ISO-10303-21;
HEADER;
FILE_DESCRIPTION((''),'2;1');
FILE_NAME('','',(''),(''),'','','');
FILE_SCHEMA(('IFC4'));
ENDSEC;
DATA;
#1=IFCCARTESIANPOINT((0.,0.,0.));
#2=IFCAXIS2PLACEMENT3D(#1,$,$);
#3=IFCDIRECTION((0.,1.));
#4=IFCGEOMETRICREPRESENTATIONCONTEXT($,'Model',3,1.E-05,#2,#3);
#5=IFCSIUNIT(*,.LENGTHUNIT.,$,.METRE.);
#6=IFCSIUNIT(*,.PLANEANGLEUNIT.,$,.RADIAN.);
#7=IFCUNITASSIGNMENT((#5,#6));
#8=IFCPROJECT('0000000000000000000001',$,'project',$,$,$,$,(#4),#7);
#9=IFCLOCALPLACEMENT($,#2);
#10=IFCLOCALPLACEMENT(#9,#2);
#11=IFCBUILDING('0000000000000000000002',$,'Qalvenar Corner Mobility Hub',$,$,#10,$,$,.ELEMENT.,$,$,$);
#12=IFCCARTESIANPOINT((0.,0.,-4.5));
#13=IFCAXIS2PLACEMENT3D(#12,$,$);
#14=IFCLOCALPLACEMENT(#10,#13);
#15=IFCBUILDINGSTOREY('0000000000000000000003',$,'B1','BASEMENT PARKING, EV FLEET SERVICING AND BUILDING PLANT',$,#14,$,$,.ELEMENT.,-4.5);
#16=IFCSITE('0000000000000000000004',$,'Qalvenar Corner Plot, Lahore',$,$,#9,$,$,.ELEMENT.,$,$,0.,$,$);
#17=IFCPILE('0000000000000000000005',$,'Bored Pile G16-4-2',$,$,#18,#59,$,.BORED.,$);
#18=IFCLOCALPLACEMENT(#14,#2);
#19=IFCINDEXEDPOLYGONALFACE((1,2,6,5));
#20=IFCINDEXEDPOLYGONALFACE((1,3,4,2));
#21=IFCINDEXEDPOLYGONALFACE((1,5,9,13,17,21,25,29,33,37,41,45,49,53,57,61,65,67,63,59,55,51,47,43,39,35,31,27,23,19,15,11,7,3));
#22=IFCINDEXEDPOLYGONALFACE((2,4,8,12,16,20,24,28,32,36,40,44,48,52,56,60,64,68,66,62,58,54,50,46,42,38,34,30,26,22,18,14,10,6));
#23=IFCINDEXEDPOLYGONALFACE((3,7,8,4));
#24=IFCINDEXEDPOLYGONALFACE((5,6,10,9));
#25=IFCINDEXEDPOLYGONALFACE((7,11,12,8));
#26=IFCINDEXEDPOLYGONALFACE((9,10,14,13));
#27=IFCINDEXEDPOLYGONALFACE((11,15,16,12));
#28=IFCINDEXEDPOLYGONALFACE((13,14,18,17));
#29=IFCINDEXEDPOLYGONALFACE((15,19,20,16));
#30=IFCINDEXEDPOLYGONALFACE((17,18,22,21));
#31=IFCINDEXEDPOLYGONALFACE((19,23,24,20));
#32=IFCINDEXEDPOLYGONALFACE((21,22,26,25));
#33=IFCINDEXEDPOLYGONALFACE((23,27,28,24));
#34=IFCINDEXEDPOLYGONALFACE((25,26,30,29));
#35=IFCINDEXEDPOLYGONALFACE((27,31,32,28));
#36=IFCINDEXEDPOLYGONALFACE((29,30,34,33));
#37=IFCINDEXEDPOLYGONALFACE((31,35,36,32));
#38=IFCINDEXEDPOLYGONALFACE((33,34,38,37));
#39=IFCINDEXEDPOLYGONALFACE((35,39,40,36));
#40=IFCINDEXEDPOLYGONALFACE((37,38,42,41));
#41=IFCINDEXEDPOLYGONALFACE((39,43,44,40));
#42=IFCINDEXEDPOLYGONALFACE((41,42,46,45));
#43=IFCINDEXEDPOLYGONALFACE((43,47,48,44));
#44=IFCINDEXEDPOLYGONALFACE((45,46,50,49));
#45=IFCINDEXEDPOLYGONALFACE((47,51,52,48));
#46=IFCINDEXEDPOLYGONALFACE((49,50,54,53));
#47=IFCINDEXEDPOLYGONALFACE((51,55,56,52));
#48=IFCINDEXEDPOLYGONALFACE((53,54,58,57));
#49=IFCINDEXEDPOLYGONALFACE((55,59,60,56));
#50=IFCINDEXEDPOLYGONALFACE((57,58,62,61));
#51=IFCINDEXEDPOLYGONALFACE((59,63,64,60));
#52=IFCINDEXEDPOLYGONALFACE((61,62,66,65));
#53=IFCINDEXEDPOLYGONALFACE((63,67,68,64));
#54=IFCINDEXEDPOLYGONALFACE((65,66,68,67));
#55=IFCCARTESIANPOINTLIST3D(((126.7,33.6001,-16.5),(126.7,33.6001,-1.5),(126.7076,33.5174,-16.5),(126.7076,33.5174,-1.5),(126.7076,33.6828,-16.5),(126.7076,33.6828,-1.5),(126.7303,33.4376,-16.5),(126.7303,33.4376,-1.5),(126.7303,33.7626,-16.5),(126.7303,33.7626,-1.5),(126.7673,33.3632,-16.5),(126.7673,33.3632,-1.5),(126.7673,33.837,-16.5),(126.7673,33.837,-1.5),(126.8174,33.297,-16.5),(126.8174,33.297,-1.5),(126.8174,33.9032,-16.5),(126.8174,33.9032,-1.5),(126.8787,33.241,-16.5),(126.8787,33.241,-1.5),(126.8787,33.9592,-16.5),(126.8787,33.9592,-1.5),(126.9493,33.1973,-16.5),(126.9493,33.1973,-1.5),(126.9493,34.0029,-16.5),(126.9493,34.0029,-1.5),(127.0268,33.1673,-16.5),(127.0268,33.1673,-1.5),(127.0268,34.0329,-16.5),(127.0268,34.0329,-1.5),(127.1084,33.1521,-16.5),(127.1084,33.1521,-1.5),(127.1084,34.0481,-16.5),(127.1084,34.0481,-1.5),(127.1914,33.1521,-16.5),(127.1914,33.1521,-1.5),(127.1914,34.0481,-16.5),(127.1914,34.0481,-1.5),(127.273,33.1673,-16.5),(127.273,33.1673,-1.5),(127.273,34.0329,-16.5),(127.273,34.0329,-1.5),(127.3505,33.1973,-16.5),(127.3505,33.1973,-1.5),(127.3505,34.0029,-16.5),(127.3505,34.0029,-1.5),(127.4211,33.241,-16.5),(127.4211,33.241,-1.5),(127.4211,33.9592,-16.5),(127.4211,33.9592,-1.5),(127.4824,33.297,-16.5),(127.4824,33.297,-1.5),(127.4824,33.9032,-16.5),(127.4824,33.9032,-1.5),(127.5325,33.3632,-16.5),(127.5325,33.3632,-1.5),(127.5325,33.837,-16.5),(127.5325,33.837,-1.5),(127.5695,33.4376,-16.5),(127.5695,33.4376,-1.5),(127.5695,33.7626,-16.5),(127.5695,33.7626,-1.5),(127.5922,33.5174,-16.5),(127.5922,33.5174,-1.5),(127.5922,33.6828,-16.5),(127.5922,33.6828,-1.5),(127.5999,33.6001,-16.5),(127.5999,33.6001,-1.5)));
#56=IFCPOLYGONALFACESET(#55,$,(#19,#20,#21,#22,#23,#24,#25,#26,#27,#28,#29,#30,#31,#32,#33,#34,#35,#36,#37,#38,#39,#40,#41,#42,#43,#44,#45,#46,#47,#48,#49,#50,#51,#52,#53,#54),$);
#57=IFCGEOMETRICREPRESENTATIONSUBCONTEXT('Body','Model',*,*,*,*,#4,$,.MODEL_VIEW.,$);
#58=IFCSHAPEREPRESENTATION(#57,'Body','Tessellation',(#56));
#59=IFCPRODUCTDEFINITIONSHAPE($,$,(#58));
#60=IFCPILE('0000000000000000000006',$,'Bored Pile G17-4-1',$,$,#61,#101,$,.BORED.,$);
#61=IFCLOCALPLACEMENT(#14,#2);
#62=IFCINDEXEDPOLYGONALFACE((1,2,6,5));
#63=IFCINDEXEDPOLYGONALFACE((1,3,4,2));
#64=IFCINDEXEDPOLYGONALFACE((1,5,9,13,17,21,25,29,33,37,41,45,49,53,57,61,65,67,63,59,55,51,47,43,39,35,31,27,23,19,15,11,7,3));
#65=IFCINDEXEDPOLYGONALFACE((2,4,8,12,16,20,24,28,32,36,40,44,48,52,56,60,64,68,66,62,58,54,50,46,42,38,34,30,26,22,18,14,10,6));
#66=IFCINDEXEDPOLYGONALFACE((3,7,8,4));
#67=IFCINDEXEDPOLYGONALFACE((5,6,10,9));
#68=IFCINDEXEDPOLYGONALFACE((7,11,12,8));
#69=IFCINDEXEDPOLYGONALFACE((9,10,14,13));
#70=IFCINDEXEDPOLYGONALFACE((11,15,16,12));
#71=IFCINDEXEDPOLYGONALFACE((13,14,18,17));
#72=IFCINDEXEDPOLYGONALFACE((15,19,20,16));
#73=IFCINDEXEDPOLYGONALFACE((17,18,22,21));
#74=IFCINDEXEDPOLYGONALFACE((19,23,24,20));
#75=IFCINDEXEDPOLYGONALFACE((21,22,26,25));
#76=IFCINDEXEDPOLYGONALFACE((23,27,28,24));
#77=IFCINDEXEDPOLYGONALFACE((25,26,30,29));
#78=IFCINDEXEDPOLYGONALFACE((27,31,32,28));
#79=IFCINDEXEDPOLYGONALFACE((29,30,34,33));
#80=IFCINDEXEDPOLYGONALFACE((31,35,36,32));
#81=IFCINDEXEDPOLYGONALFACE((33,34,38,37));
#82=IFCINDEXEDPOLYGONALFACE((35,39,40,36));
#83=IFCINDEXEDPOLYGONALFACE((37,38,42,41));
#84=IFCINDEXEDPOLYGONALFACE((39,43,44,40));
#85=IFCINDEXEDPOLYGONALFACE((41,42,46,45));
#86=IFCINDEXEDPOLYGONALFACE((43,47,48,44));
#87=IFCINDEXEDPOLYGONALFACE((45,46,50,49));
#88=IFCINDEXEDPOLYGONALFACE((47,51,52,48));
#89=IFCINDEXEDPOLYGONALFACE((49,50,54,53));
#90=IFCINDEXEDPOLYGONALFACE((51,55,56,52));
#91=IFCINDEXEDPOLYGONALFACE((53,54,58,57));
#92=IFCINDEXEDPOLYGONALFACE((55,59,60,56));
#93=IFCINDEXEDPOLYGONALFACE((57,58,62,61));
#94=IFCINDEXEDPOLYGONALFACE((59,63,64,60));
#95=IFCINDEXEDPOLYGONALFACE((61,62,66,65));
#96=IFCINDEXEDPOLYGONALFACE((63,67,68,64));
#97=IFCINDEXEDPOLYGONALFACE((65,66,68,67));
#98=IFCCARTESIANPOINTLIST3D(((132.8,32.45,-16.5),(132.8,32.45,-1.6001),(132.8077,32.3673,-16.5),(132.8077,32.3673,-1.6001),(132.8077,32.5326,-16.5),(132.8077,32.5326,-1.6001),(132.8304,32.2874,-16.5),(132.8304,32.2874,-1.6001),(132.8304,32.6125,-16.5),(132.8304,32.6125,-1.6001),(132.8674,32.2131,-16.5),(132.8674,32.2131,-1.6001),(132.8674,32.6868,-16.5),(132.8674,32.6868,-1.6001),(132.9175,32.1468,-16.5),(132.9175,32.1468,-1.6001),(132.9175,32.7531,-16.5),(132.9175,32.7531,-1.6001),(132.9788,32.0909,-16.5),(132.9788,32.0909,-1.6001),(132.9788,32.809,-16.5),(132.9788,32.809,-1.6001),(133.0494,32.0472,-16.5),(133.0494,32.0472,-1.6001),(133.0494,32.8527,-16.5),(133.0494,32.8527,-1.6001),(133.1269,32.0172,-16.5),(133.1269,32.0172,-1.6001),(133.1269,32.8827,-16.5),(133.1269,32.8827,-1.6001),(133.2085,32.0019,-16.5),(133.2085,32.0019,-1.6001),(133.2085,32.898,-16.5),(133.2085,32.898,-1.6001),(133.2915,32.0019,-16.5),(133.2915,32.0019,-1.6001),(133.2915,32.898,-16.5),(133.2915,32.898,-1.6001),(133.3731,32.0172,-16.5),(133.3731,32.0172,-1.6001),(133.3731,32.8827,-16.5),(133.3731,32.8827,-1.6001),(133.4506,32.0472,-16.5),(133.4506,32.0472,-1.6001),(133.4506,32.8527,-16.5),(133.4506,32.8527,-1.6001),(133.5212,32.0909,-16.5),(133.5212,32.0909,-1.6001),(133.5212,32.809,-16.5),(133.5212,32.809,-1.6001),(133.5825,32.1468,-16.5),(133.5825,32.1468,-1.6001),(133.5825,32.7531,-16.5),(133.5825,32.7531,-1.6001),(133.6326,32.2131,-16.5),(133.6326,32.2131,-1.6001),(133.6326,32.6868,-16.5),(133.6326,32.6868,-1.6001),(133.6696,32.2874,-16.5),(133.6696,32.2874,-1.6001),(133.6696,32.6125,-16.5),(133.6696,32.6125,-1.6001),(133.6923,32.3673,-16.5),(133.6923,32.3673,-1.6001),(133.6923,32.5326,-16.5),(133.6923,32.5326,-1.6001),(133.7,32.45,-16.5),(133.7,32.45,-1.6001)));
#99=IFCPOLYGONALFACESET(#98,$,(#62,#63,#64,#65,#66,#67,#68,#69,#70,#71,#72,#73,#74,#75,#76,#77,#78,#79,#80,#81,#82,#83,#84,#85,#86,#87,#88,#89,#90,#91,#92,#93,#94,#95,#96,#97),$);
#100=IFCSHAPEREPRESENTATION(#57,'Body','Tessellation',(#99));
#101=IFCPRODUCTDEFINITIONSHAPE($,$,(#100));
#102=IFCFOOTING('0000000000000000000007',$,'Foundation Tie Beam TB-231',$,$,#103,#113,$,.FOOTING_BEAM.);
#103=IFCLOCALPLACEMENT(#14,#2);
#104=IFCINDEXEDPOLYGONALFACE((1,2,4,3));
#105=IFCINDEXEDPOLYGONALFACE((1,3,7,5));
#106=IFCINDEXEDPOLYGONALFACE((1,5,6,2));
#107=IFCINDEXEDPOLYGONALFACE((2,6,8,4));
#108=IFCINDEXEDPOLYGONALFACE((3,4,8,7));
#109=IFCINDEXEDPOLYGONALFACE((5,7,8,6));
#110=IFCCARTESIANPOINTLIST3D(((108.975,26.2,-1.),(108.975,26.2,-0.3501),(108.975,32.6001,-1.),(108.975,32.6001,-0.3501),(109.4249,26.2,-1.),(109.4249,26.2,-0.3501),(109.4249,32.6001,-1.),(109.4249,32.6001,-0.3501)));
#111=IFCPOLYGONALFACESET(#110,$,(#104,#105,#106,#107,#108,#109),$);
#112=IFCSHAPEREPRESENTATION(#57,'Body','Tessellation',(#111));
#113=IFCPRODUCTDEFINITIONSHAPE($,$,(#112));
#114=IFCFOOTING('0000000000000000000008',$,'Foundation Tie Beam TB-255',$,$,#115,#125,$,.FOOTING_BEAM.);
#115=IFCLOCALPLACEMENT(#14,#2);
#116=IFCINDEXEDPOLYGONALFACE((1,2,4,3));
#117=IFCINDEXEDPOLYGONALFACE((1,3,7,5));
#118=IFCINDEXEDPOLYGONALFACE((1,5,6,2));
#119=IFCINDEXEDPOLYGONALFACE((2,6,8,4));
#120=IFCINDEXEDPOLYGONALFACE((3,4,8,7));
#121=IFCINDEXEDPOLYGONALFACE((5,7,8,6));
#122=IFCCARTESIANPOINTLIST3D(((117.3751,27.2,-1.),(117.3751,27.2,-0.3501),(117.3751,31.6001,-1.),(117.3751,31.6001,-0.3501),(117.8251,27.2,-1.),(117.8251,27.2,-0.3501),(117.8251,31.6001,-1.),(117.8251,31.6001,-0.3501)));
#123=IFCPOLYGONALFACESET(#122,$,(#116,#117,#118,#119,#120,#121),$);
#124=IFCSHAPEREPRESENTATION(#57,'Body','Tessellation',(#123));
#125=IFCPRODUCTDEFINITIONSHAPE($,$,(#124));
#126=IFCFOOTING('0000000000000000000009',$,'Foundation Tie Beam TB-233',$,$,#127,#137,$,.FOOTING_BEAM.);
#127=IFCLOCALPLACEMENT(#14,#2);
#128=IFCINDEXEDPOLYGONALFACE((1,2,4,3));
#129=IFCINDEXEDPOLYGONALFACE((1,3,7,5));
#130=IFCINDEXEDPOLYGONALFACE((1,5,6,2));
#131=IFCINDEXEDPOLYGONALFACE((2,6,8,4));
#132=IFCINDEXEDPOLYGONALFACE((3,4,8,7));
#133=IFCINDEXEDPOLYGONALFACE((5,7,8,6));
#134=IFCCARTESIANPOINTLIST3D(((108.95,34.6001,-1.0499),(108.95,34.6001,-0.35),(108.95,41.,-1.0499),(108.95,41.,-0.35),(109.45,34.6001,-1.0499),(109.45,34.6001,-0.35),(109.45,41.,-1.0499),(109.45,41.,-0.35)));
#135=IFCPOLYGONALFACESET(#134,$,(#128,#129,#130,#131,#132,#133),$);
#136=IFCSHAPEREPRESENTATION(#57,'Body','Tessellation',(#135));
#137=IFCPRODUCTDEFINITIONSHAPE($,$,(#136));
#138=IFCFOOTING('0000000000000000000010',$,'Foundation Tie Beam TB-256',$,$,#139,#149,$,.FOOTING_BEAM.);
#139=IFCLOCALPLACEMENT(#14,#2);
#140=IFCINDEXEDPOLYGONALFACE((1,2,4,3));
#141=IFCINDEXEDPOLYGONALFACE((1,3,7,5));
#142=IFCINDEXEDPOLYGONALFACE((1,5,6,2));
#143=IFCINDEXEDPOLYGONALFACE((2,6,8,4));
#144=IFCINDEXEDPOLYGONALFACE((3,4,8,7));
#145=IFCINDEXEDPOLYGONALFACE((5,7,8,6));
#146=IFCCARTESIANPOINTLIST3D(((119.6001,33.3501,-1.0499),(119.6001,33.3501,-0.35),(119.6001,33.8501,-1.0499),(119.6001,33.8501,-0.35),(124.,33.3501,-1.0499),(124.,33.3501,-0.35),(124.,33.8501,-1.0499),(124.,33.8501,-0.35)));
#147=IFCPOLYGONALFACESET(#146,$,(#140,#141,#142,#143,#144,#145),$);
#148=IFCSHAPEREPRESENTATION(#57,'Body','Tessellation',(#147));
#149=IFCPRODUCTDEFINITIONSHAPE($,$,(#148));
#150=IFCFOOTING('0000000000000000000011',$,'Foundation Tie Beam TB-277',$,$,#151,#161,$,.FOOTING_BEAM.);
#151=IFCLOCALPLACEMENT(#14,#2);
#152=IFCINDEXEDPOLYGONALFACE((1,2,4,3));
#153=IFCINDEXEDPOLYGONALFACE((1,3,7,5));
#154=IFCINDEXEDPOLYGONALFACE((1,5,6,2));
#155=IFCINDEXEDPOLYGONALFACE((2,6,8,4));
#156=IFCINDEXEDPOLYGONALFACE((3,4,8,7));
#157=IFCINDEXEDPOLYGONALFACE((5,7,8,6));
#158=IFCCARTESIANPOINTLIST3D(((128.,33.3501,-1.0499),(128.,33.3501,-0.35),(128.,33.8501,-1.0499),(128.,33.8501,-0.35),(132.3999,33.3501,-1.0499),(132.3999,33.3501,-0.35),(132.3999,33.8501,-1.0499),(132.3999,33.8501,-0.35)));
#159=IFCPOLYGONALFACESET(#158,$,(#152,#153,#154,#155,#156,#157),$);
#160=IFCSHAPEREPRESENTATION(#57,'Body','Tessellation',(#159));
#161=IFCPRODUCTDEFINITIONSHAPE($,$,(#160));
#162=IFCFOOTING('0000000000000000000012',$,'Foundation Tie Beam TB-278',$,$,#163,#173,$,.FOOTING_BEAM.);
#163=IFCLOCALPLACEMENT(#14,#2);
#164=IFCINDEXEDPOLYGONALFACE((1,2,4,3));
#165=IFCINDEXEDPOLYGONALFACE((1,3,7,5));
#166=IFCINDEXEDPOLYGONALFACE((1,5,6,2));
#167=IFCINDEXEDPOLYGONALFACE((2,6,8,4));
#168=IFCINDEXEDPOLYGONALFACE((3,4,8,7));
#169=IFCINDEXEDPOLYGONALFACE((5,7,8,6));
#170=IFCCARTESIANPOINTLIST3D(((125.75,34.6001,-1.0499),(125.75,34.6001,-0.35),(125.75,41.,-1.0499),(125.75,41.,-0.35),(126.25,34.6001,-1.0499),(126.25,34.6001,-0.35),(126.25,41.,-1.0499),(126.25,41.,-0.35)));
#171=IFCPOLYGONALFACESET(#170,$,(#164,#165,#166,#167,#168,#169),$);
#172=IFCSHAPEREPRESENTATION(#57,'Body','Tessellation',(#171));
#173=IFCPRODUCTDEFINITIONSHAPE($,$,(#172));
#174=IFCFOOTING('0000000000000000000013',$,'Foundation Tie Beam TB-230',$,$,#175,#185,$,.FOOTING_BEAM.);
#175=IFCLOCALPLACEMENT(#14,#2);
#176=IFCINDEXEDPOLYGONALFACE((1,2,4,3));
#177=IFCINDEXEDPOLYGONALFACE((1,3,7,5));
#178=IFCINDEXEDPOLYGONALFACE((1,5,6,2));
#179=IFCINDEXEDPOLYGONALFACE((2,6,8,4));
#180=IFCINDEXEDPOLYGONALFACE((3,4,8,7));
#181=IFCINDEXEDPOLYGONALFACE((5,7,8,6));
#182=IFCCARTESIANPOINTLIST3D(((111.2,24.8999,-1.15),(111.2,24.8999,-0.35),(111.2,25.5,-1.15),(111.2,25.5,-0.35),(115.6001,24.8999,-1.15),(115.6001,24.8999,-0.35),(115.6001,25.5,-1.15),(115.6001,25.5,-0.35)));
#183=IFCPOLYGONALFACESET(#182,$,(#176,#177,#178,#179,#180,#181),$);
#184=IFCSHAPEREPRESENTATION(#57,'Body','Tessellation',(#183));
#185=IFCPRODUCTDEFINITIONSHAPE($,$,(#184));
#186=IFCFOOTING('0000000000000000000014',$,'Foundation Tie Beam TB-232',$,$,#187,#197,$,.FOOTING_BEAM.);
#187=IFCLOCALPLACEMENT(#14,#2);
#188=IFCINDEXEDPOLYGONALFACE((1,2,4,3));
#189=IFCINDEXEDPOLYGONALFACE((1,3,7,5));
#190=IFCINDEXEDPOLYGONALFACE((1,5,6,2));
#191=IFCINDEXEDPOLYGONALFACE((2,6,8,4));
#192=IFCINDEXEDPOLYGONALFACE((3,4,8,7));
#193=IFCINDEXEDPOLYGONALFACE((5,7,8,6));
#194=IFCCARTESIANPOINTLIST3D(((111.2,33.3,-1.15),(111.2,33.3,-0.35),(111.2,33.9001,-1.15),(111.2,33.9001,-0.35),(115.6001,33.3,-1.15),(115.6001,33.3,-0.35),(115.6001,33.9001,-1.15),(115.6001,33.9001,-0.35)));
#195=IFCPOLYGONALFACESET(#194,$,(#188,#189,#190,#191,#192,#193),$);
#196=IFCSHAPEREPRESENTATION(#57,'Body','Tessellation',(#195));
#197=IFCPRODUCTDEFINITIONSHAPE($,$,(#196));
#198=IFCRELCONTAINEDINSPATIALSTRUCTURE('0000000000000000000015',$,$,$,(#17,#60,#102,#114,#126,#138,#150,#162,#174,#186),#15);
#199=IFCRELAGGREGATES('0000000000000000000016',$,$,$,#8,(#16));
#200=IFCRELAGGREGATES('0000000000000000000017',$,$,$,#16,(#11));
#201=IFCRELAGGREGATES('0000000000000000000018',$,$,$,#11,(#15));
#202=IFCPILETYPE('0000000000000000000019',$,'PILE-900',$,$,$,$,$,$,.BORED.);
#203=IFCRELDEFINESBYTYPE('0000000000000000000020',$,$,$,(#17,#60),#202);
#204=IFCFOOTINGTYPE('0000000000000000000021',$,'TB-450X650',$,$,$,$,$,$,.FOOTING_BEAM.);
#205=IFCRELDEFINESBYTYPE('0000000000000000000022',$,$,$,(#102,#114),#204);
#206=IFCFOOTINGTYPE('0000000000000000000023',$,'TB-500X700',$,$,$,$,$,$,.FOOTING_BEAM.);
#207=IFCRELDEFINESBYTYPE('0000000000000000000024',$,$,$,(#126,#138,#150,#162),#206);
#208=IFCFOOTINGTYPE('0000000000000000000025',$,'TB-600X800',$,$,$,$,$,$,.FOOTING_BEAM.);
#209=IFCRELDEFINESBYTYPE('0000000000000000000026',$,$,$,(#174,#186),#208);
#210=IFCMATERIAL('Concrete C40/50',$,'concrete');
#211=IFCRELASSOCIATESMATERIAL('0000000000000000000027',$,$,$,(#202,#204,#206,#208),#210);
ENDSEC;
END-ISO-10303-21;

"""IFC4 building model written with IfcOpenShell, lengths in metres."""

from ifc_helpers import new_model, si_unit, direction, frame, origin, origin_2d, place, context, subcontext, project, spatial, rectangle, circle, extrude, material, material_profile, profile_set, type_object, element, save


model = new_model("IFC4")

# Units and contexts
model_context = context("Model", 3, precision=1e-05, world=origin(), true_north=direction((0.0, 1.0)))
body_context = subcontext(model_context, "Body", "Model", "MODEL_VIEW")
ifc_project = project(units=[si_unit("LENGTHUNIT", "METRE"), si_unit("PLANEANGLEUNIT", "RADIAN")], contexts=[model_context])

# Site, building, storey
site_placement = place(None, origin())
site = spatial("IfcSite", under=ifc_project, at=site_placement, Name="Qalvenar Corner Plot, Lahore", CompositionType="ELEMENT", RefElevation=0.0)
building_placement = place(site_placement, origin())
building = spatial("IfcBuilding", under=site, at=building_placement, Name="Qalvenar Corner Mobility Hub", CompositionType="ELEMENT")
storey_placement = place(building_placement, frame((0.0, 0.0, -4.5)))
storey = spatial("IfcBuildingStorey", under=building, at=storey_placement, Name="B1", Description="BASEMENT PARKING, EV FLEET SERVICING AND BUILDING PLANT", CompositionType="ELEMENT", Elevation=-4.5)

# Shared definitions
ifc_material_1 = material(Name="Concrete C40/50", Category="concrete")

# Piles
ifc_material_profile_1 = material_profile(ifc_material_1, circle(Radius=0.45, at=origin_2d()), Name="DIA900")
ifc_profile_set_1 = profile_set([ifc_material_profile_1], Name="Concrete C40/50")
pile_type_1 = type_object("IfcPileType", Name="PILE-900", PredefinedType="BORED", material=ifc_profile_set_1)
for number, where, z_axis, x_axis, name in (
    (1, (127.1499, 33.6001, -1.5), (0.0, 0.0, -1.0), (1.0, 0.0, 0.0), "Bored Pile G16-4-2"),
):
    element("IfcPile", number, at=place(storey_placement, frame(where, z_axis=z_axis, x_axis=x_axis)), inside=storey, type_object=pile_type_1, Name=name, PredefinedType="BORED", context=body_context, shape_type="SweptSolid", body=[
        extrude(circle(Radius=0.45, at=origin_2d()), origin(), (0.0, 0.0, 1.0), 15.0),
    ])
pile_placement = place(storey_placement, frame((133.25, 32.45, -1.6001), z_axis=(0.0, 0.0, -1.0), x_axis=(1.0, 0.0, 0.0)))
element("IfcPile", 2, at=pile_placement, inside=storey, type_object=pile_type_1, Name="Bored Pile G17-4-1", PredefinedType="BORED", context=body_context, shape_type="SweptSolid", body=[
    extrude(circle(Radius=0.45, at=origin_2d()), origin(), (0.0, 0.0, 1.0), 14.8999),
])

# Footings
ifc_material_profile_2 = material_profile(ifc_material_1, rectangle(XDim=0.45, YDim=0.6499, at=origin_2d()), Name="RC450x650")
ifc_profile_set_2 = profile_set([ifc_material_profile_2], Name="Concrete C40/50")
footing_type_1 = type_object("IfcFootingType", Name="TB-450X650", PredefinedType="FOOTING_BEAM", material=ifc_profile_set_2)
footing_1_placement = place(storey_placement, frame((109.2, 26.2, -0.675), z_axis=(0.0, 1.0, 0.0), x_axis=(-1.0, 0.0, 0.0)))
element("IfcFooting", 3, at=footing_1_placement, inside=storey, type_object=footing_type_1, Name="Foundation Tie Beam TB-231", PredefinedType="FOOTING_BEAM", context=body_context, shape_type="SweptSolid", body=[
    extrude(rectangle(XDim=0.45, YDim=0.6499, at=origin_2d()), origin(), (0.0, 0.0, 1.0), 6.4001),
])
footing_2_placement = place(storey_placement, frame((117.6001, 27.2, -0.675), z_axis=(0.0, 1.0, 0.0), x_axis=(-1.0, 0.0, 0.0)))
element("IfcFooting", 4, at=footing_2_placement, inside=storey, type_object=footing_type_1, Name="Foundation Tie Beam TB-255", PredefinedType="FOOTING_BEAM", context=body_context, shape_type="SweptSolid", body=[
    extrude(rectangle(XDim=0.45, YDim=0.6499, at=origin_2d()), origin(), (0.0, 0.0, 1.0), 4.4001),
])
ifc_material_profile_3 = material_profile(ifc_material_1, rectangle(XDim=0.5, YDim=0.7, at=origin_2d()), Name="RC500x700")
ifc_profile_set_3 = profile_set([ifc_material_profile_3], Name="Concrete C40/50")
footing_type_2 = type_object("IfcFootingType", Name="TB-500X700", PredefinedType="FOOTING_BEAM", material=ifc_profile_set_3)
footing_3_placement = place(storey_placement, frame((109.2, 34.6001, -0.7), z_axis=(0.0, 1.0, 0.0), x_axis=(-1.0, 0.0, 0.0)))
element("IfcFooting", 5, at=footing_3_placement, inside=storey, type_object=footing_type_2, Name="Foundation Tie Beam TB-233", PredefinedType="FOOTING_BEAM", context=body_context, shape_type="SweptSolid", body=[
    extrude(rectangle(XDim=0.5, YDim=0.7, at=origin_2d()), origin(), (0.0, 0.0, 1.0), 6.3999),
])
for number, where, z_axis, x_axis, name in (
    (6, (119.6001, 33.6001, -0.7), (1.0, 0.0, 0.0), (0.0, 1.0, 0.0), "Foundation Tie Beam TB-256"),
    (7, (128.0, 33.6001, -0.7), (1.0, 0.0, 0.0), (0.0, 1.0, 0.0), "Foundation Tie Beam TB-277"),
):
    element("IfcFooting", number, at=place(storey_placement, frame(where, z_axis=z_axis, x_axis=x_axis)), inside=storey, type_object=footing_type_2, Name=name, PredefinedType="FOOTING_BEAM", context=body_context, shape_type="SweptSolid", body=[
        extrude(rectangle(XDim=0.5, YDim=0.7, at=origin_2d()), origin(), (0.0, 0.0, 1.0), 4.3999),
    ])
footing_4_placement = place(storey_placement, frame((126.0, 34.6001, -0.7), z_axis=(0.0, 1.0, 0.0), x_axis=(-1.0, 0.0, 0.0)))
element("IfcFooting", 8, at=footing_4_placement, inside=storey, type_object=footing_type_2, Name="Foundation Tie Beam TB-278", PredefinedType="FOOTING_BEAM", context=body_context, shape_type="SweptSolid", body=[
    extrude(rectangle(XDim=0.5, YDim=0.7, at=origin_2d()), origin(), (0.0, 0.0, 1.0), 6.3999),
])
ifc_material_profile_4 = material_profile(ifc_material_1, rectangle(XDim=0.6001, YDim=0.8, at=origin_2d()), Name="RC600x800")
ifc_profile_set_4 = profile_set([ifc_material_profile_4], Name="Concrete C40/50")
footing_type_3 = type_object("IfcFootingType", Name="TB-600X800", PredefinedType="FOOTING_BEAM", material=ifc_profile_set_4)
for number, where, z_axis, x_axis, name in (
    (9, (111.2, 25.2, -0.75), (1.0, 0.0, 0.0), (0.0, 1.0, 0.0), "Foundation Tie Beam TB-230"),
    (10, (111.2, 33.6001, -0.75), (1.0, 0.0, 0.0), (0.0, 1.0, 0.0), "Foundation Tie Beam TB-232"),
):
    element("IfcFooting", number, at=place(storey_placement, frame(where, z_axis=z_axis, x_axis=x_axis)), inside=storey, type_object=footing_type_3, Name=name, PredefinedType="FOOTING_BEAM", context=body_context, shape_type="SweptSolid", body=[
        extrude(rectangle(XDim=0.6001, YDim=0.8, at=origin_2d()), origin(), (0.0, 0.0, 1.0), 4.4001),
    ])

save(model, "model.ifc")
